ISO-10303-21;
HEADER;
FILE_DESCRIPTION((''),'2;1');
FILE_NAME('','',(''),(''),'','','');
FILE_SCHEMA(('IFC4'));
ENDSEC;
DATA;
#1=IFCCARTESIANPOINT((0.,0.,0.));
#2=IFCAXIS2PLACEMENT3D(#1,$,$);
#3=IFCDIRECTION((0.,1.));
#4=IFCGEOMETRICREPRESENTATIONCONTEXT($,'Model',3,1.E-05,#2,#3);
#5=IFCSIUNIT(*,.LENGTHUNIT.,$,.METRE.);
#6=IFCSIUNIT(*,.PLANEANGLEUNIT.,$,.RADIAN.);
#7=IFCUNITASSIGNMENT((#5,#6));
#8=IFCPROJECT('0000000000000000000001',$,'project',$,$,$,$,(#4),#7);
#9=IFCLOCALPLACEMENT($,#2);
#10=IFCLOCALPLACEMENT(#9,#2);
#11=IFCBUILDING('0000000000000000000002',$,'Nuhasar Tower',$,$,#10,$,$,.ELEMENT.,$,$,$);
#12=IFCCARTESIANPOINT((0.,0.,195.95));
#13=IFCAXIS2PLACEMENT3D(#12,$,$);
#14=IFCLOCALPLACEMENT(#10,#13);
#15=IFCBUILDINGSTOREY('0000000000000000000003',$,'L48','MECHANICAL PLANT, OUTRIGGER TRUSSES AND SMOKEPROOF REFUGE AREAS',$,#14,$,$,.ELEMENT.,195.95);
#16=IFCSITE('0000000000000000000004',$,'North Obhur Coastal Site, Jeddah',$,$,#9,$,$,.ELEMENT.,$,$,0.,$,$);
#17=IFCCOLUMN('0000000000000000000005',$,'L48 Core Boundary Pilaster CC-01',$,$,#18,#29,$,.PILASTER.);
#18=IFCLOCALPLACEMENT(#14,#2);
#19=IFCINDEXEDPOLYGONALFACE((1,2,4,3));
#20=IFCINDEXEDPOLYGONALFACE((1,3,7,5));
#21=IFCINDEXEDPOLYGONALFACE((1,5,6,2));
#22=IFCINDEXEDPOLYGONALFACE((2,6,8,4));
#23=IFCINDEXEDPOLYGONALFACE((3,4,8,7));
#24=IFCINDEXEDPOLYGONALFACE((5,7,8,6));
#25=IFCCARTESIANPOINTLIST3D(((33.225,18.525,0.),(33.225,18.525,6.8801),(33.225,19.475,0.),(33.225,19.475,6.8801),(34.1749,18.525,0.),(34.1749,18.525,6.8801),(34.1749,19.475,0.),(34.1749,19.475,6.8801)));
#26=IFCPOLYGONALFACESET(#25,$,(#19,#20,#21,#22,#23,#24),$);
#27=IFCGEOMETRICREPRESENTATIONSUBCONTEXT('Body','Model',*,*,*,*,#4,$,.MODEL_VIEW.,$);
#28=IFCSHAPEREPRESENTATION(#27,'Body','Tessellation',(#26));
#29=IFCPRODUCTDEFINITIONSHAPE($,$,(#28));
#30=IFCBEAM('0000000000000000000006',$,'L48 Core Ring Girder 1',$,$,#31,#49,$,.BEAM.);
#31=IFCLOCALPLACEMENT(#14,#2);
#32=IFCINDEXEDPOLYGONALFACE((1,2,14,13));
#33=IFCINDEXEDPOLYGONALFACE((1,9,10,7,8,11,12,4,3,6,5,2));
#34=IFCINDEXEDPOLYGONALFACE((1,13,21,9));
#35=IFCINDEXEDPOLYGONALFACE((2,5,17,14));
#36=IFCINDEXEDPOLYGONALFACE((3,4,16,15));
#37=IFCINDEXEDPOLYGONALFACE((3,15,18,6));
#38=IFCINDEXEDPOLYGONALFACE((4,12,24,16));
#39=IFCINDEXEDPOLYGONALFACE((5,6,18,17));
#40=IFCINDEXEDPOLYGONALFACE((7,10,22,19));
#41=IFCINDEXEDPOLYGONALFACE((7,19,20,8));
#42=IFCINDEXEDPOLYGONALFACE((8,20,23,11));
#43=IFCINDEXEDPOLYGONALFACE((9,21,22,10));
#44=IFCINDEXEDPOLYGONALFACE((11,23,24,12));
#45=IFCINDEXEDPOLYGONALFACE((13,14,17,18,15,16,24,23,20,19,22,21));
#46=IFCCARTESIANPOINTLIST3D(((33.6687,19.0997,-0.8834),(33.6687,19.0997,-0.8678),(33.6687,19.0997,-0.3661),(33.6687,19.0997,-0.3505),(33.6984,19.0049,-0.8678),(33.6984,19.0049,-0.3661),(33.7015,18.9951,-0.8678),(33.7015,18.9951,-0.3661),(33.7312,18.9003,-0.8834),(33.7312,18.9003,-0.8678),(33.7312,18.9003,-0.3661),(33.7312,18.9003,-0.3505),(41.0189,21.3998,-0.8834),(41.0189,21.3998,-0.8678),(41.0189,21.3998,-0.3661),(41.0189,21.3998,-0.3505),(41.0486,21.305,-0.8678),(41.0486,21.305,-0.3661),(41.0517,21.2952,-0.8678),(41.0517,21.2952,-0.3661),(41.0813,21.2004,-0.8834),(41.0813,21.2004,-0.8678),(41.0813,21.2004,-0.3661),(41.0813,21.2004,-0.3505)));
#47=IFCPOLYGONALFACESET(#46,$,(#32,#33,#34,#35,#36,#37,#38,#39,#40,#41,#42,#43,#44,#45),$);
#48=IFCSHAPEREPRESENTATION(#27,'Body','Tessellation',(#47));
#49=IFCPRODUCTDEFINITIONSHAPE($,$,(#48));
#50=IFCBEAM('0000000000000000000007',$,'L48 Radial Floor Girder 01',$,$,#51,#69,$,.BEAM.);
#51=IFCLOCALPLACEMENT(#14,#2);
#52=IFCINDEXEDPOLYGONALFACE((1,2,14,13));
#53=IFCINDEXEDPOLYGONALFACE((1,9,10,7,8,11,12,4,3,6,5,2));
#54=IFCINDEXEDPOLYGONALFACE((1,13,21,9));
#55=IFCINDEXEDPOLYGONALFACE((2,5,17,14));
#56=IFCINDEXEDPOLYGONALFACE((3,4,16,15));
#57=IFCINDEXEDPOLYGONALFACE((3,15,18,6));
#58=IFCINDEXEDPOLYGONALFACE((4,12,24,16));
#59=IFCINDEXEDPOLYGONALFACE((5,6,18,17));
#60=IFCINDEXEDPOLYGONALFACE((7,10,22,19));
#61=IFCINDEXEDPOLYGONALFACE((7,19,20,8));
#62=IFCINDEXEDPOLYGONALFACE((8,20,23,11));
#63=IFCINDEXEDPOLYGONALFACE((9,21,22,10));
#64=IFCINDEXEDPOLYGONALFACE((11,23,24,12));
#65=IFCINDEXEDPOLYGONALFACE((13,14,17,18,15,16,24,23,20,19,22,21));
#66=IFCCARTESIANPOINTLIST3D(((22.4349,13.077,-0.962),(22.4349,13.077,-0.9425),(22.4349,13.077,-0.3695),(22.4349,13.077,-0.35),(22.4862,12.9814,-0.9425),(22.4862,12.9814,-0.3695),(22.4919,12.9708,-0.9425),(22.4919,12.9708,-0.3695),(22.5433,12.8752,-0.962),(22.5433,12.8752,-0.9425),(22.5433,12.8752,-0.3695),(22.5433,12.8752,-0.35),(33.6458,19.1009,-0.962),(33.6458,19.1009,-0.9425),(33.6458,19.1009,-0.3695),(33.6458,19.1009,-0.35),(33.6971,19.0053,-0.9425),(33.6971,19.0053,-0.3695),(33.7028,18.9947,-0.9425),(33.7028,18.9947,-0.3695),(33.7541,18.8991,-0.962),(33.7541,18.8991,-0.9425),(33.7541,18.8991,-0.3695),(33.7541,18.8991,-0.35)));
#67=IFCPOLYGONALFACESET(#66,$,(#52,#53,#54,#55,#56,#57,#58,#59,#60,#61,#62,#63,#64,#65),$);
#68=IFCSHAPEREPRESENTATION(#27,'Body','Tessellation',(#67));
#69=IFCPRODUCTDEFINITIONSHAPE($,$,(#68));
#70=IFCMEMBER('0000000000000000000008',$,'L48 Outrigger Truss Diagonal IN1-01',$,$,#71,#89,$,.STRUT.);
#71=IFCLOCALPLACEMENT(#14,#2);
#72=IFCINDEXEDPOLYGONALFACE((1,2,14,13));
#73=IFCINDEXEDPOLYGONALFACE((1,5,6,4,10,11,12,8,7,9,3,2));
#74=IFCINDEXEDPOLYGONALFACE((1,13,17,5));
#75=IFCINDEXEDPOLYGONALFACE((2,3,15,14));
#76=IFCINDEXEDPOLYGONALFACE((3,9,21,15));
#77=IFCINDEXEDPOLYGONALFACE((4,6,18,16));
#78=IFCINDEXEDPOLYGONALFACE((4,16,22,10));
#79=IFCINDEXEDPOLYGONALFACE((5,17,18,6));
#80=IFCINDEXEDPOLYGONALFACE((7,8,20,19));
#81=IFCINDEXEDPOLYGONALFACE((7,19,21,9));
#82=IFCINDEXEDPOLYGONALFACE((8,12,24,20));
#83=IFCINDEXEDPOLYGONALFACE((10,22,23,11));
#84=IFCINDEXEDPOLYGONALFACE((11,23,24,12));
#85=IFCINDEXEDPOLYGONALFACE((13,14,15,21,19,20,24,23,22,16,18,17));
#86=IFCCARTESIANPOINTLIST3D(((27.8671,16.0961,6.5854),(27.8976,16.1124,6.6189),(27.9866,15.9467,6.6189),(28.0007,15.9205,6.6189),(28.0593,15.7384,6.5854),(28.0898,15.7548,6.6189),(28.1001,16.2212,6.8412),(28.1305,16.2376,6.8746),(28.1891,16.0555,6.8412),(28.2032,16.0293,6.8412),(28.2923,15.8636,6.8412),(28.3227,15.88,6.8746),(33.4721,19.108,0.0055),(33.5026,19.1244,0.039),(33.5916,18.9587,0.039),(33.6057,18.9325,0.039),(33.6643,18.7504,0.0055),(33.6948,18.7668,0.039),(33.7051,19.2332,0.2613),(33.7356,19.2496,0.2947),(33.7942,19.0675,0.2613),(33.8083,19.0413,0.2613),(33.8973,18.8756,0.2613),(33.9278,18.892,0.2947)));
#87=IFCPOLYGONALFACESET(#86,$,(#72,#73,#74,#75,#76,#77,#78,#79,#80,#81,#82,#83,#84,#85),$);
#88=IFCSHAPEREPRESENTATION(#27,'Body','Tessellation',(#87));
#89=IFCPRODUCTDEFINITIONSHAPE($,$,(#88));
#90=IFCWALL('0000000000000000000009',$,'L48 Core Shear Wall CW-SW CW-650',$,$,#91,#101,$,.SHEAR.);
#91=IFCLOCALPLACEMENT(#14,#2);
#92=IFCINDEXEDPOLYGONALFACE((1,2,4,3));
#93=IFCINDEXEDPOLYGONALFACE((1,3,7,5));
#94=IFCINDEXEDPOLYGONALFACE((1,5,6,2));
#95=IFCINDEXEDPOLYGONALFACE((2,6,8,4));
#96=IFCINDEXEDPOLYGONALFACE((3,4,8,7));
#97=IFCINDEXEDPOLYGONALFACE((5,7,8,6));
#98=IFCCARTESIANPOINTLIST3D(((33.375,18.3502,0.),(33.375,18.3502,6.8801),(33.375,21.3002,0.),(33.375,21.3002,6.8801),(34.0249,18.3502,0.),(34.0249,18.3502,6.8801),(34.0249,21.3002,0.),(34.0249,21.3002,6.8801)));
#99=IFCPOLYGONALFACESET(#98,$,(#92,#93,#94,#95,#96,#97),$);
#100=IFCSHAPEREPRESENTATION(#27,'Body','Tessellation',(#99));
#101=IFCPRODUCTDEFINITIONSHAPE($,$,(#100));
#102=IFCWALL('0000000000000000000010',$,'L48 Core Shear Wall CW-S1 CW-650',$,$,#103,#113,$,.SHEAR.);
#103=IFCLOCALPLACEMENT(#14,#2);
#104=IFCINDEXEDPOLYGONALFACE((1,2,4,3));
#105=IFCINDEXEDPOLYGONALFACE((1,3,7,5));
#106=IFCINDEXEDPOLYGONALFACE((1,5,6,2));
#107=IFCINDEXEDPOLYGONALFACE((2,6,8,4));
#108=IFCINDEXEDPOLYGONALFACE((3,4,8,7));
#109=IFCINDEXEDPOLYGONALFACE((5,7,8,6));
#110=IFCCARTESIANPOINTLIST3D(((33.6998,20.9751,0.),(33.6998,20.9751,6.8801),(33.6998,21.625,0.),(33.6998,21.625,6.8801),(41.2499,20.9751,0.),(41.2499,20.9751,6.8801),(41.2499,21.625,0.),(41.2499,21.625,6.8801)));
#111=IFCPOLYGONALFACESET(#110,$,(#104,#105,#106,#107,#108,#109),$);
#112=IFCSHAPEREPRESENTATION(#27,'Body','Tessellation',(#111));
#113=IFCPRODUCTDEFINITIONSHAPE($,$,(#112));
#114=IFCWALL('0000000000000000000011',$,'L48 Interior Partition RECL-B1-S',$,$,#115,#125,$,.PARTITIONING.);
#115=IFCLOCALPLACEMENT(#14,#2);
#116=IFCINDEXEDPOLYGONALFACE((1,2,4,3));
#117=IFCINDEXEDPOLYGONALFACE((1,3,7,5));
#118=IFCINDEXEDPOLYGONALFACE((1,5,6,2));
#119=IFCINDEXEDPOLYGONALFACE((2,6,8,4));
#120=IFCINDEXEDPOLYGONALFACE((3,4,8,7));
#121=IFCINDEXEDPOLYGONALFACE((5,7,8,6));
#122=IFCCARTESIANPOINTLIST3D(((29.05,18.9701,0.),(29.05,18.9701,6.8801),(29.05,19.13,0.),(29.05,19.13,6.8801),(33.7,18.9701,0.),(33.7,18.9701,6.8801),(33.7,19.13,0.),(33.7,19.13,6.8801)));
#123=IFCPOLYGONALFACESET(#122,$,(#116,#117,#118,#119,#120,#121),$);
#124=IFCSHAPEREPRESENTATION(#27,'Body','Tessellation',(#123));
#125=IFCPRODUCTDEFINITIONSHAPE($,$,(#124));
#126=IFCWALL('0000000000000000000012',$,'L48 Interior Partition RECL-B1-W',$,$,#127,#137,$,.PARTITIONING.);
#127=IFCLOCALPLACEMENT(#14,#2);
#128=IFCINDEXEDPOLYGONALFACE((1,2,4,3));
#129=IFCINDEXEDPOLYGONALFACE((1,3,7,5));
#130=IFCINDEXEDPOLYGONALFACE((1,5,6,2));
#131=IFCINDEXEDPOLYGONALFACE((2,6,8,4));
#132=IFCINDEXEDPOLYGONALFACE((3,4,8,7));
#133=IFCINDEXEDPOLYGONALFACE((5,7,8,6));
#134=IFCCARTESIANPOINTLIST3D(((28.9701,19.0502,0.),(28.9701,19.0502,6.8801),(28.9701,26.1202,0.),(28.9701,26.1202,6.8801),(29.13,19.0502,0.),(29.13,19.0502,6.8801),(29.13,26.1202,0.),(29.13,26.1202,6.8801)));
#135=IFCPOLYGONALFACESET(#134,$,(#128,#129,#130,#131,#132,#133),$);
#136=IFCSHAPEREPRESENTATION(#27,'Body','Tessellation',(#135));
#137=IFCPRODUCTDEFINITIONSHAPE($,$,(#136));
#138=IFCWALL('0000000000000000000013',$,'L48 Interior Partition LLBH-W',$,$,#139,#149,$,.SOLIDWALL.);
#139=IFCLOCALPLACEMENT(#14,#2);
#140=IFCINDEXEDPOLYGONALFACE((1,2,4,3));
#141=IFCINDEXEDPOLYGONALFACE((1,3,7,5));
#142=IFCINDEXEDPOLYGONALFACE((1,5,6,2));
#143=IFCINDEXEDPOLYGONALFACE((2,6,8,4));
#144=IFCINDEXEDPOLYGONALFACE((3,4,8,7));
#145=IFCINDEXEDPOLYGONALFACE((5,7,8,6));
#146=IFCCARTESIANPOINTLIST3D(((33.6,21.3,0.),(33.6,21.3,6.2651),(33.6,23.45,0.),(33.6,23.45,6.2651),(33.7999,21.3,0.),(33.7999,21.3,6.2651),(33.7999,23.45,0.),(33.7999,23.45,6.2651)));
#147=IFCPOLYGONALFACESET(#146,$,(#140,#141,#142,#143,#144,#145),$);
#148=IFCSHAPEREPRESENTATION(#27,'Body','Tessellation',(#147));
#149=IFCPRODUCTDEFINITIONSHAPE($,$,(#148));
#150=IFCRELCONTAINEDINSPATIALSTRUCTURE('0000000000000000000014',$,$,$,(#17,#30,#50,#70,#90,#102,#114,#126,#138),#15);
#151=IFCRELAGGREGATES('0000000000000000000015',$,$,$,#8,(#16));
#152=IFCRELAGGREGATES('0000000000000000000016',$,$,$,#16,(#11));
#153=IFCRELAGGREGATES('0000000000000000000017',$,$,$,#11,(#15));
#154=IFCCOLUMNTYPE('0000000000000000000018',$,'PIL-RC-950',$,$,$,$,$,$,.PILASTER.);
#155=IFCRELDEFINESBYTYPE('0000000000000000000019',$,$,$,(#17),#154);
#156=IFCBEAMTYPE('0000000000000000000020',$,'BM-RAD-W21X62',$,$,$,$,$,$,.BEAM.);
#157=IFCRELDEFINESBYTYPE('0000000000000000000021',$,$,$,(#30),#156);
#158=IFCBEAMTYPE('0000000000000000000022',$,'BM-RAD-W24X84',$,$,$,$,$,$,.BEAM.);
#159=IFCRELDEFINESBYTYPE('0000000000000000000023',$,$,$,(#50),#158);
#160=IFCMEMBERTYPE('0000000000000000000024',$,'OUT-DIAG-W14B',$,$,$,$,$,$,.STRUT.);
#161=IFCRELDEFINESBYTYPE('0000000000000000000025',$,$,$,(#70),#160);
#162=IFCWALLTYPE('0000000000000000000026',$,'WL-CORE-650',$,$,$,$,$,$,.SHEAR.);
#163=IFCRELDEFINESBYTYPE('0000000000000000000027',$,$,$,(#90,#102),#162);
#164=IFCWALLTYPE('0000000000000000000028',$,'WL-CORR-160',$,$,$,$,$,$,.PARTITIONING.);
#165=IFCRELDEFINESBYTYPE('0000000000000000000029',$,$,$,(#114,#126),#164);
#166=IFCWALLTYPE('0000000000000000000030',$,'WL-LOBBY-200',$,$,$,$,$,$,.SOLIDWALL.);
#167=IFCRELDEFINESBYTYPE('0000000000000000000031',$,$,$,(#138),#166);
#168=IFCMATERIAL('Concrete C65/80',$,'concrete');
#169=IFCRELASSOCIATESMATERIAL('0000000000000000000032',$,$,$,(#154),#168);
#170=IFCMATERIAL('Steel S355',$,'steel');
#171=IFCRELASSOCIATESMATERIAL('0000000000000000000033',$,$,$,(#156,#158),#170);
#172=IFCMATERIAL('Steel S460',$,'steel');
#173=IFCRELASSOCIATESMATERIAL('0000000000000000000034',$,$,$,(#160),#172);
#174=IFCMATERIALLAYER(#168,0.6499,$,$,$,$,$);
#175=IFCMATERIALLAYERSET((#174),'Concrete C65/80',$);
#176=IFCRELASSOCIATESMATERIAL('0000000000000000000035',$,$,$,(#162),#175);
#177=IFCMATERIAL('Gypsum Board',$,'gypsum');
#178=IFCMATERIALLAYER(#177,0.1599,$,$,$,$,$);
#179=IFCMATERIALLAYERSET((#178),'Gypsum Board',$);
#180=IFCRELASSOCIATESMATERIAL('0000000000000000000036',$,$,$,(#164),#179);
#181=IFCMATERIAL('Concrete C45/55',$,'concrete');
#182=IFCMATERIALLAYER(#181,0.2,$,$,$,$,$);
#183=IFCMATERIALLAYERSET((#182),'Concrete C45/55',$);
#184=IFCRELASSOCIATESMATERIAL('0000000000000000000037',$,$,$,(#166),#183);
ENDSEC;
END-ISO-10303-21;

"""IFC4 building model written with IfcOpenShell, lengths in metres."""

from ifc_helpers import new_model, si_unit, direction, frame, frame_2d, origin, origin_2d, place, context, subcontext, project, spatial, rectangle, i_section, extrude, material, layer, layer_set, material_profile, profile_set, type_object, element, save


model = new_model("IFC4")

# Units and contexts
model_context = context("Model", 3, precision=1e-05, world=origin(), true_north=direction((0.0, 1.0)))
body_context = subcontext(model_context, "Body", "Model", "MODEL_VIEW")
ifc_project = project(units=[si_unit("LENGTHUNIT", "METRE"), si_unit("PLANEANGLEUNIT", "RADIAN")], contexts=[model_context])

# Site, building, storey
site_placement = place(None, origin())
site = spatial("IfcSite", under=ifc_project, at=site_placement, Name="North Obhur Coastal Site, Jeddah", CompositionType="ELEMENT", RefElevation=0.0)
building_placement = place(site_placement, origin())
building = spatial("IfcBuilding", under=site, at=building_placement, Name="Nuhasar Tower", CompositionType="ELEMENT")
storey_placement = place(building_placement, frame((0.0, 0.0, 195.95)))
storey = spatial("IfcBuildingStorey", under=building, at=storey_placement, Name="L48", Description="MECHANICAL PLANT, OUTRIGGER TRUSSES AND SMOKEPROOF REFUGE AREAS", CompositionType="ELEMENT", Elevation=195.95)

# Column
ifc_material_1 = material(Name="Concrete C65/80", Category="concrete")
ifc_material_profile_1 = material_profile(ifc_material_1, rectangle(XDim=0.95, YDim=0.95, at=origin_2d()), Name="RC950X950")
ifc_profile_set_1 = profile_set([ifc_material_profile_1], Name="Concrete C65/80")
column_type = type_object("IfcColumnType", Name="PIL-RC-950", PredefinedType="PILASTER", material=ifc_profile_set_1)
column_placement = place(storey_placement, frame((33.7, 19.0, 0.0), z_axis=(0.0, 0.0, 1.0), x_axis=(1.0, 0.0, 0.0)))
element("IfcColumn", 1, at=column_placement, inside=storey, type_object=column_type, Name="L48 Core Boundary Pilaster CC-01", PredefinedType="PILASTER", context=body_context, shape_type="SweptSolid", body=[
    extrude(rectangle(XDim=0.95, YDim=0.95, at=origin_2d()), origin(), (0.0, 0.0, 1.0), 6.8801),
])

# Beams
ifc_material_2 = material(Name="Steel S355", Category="steel")
ifc_material_profile_2 = material_profile(ifc_material_2, i_section(OverallWidth=0.209, OverallDepth=0.533, WebThickness=0.0103, FlangeThickness=0.0156, at=origin_2d()), Name="W21X62")
ifc_profile_set_2 = profile_set([ifc_material_profile_2], Name="Steel S355")
beam_type_1 = type_object("IfcBeamType", Name="BM-RAD-W21X62", PredefinedType="BEAM", material=ifc_profile_set_2)
beam_1_placement = place(storey_placement, frame((33.7, 19.0, -0.6169), z_axis=(0.954364, 0.298647, 0.0), x_axis=(-0.298647, 0.954364, 0.0)))
element("IfcBeam", 2, at=beam_1_placement, inside=storey, type_object=beam_type_1, Name="L48 Core Ring Girder 1", PredefinedType="BEAM", context=body_context, shape_type="SweptSolid", body=[
    extrude(i_section(OverallWidth=0.209, OverallDepth=0.533, WebThickness=0.0103, FlangeThickness=0.0156, at=origin_2d()), origin(), (0.0, 0.0, 1.0), 7.7017),
])
ifc_material_profile_3 = material_profile(ifc_material_2, i_section(OverallWidth=0.229, OverallDepth=0.6121, WebThickness=0.012, FlangeThickness=0.0195, at=origin_2d()), Name="W24X84")
ifc_profile_set_3 = profile_set([ifc_material_profile_3], Name="Steel S355")
beam_type_2 = type_object("IfcBeamType", Name="BM-RAD-W24X84", PredefinedType="BEAM", material=ifc_profile_set_3)
beam_2_placement = place(storey_placement, frame((33.7, 19.0, -0.656), z_axis=(-0.880888, -0.473324, 0.0), x_axis=(0.473324, -0.880888, 0.0)))
element("IfcBeam", 3, at=beam_2_placement, inside=storey, type_object=beam_type_2, Name="L48 Radial Floor Girder 01", PredefinedType="BEAM", context=body_context, shape_type="SweptSolid", body=[
    extrude(i_section(OverallWidth=0.229, OverallDepth=0.6121, WebThickness=0.012, FlangeThickness=0.0195, at=origin_2d()), origin(), (0.0, 0.0, 1.0), 12.7268),
])

# Member
ifc_material_3 = material(Name="Steel S460", Category="steel")
ifc_material_profile_4 = material_profile(ifc_material_3, i_section(OverallWidth=0.406, OverallDepth=0.416, WebThickness=0.0298, FlangeThickness=0.0481, at=origin_2d()), Name="W14X257")
ifc_profile_set_4 = profile_set([ifc_material_profile_4], Name="Steel S460")
member_type = type_object("IfcMemberType", Name="OUT-DIAG-W14B", PredefinedType="STRUT", material=ifc_profile_set_4)
member_placement = place(storey_placement, frame((33.7, 19.0, 0.1501), z_axis=(-0.612349, -0.329059, 0.718852), x_axis=(0.473356, -0.880871, 0.0)))
element("IfcMember", 4, at=member_placement, inside=storey, type_object=member_type, Name="L48 Outrigger Truss Diagonal IN1-01", PredefinedType="STRUT", context=body_context, shape_type="SweptSolid", body=[
    extrude(i_section(OverallWidth=0.406, OverallDepth=0.416, WebThickness=0.0298, FlangeThickness=0.0481, at=origin_2d()), origin(), (0.0, 0.0, 1.0), 9.1533),
])

# Walls
ifc_layer_1 = layer(ifc_material_1, 0.6499)
ifc_layer_set_1 = layer_set([ifc_layer_1], Name="Concrete C65/80")
wall_type_1 = type_object("IfcWallType", Name="WL-CORE-650", PredefinedType="SHEAR", material=ifc_layer_set_1)
wall_1_placement = place(storey_placement, frame((33.7, 18.3501, 0.0), z_axis=(0.0, 0.0, 1.0), x_axis=(0.0, 1.0, 0.0)))
element("IfcWall", 5, at=wall_1_placement, inside=storey, type_object=wall_type_1, Name="L48 Core Shear Wall CW-SW CW-650", PredefinedType="SHEAR", context=body_context, shape_type="SweptSolid", body=[
    extrude(rectangle(XDim=2.95, YDim=0.6499, at=frame_2d((1.4751, 0.0))), origin(), (0.0, 0.0, 1.0), 6.8801),
])
wall_2_placement = place(storey_placement, frame((33.7, 21.3, 0.0), z_axis=(0.0, 0.0, 1.0), x_axis=(1.0, 0.0, 0.0)))
element("IfcWall", 6, at=wall_2_placement, inside=storey, type_object=wall_type_1, Name="L48 Core Shear Wall CW-S1 CW-650", PredefinedType="SHEAR", context=body_context, shape_type="SweptSolid", body=[
    extrude(rectangle(XDim=7.55, YDim=0.6499, at=frame_2d((3.7749, 0.0))), origin(), (0.0, 0.0, 1.0), 6.8801),
])
ifc_material_4 = material(Name="Gypsum Board", Category="gypsum")
ifc_layer_2 = layer(ifc_material_4, 0.1599)
ifc_layer_set_2 = layer_set([ifc_layer_2], Name="Gypsum Board")
wall_type_2 = type_object("IfcWallType", Name="WL-CORR-160", PredefinedType="PARTITIONING", material=ifc_layer_set_2)
wall_3_placement = place(storey_placement, frame((29.05, 19.05, 0.0), z_axis=(0.0, 0.0, 1.0), x_axis=(1.0, 0.0, 0.0)))
element("IfcWall", 7, at=wall_3_placement, inside=storey, type_object=wall_type_2, Name="L48 Interior Partition RECL-B1-S", PredefinedType="PARTITIONING", context=body_context, shape_type="SweptSolid", body=[
    extrude(rectangle(XDim=4.6499, YDim=0.1599, at=frame_2d((2.325, 0.0))), origin(), (0.0, 0.0, 1.0), 6.8801),
])
wall_4_placement = place(storey_placement, frame((29.05, 19.05, 0.0), z_axis=(0.0, 0.0, 1.0), x_axis=(0.0, 1.0, 0.0)))
element("IfcWall", 8, at=wall_4_placement, inside=storey, type_object=wall_type_2, Name="L48 Interior Partition RECL-B1-W", PredefinedType="PARTITIONING", context=body_context, shape_type="SweptSolid", body=[
    extrude(rectangle(XDim=7.0701, YDim=0.1599, at=frame_2d((3.5352, 0.0))), origin(), (0.0, 0.0, 1.0), 6.8801),
])
ifc_material_5 = material(Name="Concrete C45/55", Category="concrete")
ifc_layer_3 = layer(ifc_material_5, 0.2)
ifc_layer_set_3 = layer_set([ifc_layer_3], Name="Concrete C45/55")
wall_type_3 = type_object("IfcWallType", Name="WL-LOBBY-200", PredefinedType="SOLIDWALL", material=ifc_layer_set_3)
wall_5_placement = place(storey_placement, frame((33.7, 21.3, 0.0), z_axis=(0.0, 0.0, 1.0), x_axis=(0.0, 1.0, 0.0)))
element("IfcWall", 9, at=wall_5_placement, inside=storey, type_object=wall_type_3, Name="L48 Interior Partition LLBH-W", PredefinedType="SOLIDWALL", context=body_context, shape_type="SweptSolid", body=[
    extrude(rectangle(XDim=2.1499, YDim=0.2, at=frame_2d((1.075, 0.0))), origin(), (0.0, 0.0, 1.0), 6.2651),
])

save(model, "model.ifc")
